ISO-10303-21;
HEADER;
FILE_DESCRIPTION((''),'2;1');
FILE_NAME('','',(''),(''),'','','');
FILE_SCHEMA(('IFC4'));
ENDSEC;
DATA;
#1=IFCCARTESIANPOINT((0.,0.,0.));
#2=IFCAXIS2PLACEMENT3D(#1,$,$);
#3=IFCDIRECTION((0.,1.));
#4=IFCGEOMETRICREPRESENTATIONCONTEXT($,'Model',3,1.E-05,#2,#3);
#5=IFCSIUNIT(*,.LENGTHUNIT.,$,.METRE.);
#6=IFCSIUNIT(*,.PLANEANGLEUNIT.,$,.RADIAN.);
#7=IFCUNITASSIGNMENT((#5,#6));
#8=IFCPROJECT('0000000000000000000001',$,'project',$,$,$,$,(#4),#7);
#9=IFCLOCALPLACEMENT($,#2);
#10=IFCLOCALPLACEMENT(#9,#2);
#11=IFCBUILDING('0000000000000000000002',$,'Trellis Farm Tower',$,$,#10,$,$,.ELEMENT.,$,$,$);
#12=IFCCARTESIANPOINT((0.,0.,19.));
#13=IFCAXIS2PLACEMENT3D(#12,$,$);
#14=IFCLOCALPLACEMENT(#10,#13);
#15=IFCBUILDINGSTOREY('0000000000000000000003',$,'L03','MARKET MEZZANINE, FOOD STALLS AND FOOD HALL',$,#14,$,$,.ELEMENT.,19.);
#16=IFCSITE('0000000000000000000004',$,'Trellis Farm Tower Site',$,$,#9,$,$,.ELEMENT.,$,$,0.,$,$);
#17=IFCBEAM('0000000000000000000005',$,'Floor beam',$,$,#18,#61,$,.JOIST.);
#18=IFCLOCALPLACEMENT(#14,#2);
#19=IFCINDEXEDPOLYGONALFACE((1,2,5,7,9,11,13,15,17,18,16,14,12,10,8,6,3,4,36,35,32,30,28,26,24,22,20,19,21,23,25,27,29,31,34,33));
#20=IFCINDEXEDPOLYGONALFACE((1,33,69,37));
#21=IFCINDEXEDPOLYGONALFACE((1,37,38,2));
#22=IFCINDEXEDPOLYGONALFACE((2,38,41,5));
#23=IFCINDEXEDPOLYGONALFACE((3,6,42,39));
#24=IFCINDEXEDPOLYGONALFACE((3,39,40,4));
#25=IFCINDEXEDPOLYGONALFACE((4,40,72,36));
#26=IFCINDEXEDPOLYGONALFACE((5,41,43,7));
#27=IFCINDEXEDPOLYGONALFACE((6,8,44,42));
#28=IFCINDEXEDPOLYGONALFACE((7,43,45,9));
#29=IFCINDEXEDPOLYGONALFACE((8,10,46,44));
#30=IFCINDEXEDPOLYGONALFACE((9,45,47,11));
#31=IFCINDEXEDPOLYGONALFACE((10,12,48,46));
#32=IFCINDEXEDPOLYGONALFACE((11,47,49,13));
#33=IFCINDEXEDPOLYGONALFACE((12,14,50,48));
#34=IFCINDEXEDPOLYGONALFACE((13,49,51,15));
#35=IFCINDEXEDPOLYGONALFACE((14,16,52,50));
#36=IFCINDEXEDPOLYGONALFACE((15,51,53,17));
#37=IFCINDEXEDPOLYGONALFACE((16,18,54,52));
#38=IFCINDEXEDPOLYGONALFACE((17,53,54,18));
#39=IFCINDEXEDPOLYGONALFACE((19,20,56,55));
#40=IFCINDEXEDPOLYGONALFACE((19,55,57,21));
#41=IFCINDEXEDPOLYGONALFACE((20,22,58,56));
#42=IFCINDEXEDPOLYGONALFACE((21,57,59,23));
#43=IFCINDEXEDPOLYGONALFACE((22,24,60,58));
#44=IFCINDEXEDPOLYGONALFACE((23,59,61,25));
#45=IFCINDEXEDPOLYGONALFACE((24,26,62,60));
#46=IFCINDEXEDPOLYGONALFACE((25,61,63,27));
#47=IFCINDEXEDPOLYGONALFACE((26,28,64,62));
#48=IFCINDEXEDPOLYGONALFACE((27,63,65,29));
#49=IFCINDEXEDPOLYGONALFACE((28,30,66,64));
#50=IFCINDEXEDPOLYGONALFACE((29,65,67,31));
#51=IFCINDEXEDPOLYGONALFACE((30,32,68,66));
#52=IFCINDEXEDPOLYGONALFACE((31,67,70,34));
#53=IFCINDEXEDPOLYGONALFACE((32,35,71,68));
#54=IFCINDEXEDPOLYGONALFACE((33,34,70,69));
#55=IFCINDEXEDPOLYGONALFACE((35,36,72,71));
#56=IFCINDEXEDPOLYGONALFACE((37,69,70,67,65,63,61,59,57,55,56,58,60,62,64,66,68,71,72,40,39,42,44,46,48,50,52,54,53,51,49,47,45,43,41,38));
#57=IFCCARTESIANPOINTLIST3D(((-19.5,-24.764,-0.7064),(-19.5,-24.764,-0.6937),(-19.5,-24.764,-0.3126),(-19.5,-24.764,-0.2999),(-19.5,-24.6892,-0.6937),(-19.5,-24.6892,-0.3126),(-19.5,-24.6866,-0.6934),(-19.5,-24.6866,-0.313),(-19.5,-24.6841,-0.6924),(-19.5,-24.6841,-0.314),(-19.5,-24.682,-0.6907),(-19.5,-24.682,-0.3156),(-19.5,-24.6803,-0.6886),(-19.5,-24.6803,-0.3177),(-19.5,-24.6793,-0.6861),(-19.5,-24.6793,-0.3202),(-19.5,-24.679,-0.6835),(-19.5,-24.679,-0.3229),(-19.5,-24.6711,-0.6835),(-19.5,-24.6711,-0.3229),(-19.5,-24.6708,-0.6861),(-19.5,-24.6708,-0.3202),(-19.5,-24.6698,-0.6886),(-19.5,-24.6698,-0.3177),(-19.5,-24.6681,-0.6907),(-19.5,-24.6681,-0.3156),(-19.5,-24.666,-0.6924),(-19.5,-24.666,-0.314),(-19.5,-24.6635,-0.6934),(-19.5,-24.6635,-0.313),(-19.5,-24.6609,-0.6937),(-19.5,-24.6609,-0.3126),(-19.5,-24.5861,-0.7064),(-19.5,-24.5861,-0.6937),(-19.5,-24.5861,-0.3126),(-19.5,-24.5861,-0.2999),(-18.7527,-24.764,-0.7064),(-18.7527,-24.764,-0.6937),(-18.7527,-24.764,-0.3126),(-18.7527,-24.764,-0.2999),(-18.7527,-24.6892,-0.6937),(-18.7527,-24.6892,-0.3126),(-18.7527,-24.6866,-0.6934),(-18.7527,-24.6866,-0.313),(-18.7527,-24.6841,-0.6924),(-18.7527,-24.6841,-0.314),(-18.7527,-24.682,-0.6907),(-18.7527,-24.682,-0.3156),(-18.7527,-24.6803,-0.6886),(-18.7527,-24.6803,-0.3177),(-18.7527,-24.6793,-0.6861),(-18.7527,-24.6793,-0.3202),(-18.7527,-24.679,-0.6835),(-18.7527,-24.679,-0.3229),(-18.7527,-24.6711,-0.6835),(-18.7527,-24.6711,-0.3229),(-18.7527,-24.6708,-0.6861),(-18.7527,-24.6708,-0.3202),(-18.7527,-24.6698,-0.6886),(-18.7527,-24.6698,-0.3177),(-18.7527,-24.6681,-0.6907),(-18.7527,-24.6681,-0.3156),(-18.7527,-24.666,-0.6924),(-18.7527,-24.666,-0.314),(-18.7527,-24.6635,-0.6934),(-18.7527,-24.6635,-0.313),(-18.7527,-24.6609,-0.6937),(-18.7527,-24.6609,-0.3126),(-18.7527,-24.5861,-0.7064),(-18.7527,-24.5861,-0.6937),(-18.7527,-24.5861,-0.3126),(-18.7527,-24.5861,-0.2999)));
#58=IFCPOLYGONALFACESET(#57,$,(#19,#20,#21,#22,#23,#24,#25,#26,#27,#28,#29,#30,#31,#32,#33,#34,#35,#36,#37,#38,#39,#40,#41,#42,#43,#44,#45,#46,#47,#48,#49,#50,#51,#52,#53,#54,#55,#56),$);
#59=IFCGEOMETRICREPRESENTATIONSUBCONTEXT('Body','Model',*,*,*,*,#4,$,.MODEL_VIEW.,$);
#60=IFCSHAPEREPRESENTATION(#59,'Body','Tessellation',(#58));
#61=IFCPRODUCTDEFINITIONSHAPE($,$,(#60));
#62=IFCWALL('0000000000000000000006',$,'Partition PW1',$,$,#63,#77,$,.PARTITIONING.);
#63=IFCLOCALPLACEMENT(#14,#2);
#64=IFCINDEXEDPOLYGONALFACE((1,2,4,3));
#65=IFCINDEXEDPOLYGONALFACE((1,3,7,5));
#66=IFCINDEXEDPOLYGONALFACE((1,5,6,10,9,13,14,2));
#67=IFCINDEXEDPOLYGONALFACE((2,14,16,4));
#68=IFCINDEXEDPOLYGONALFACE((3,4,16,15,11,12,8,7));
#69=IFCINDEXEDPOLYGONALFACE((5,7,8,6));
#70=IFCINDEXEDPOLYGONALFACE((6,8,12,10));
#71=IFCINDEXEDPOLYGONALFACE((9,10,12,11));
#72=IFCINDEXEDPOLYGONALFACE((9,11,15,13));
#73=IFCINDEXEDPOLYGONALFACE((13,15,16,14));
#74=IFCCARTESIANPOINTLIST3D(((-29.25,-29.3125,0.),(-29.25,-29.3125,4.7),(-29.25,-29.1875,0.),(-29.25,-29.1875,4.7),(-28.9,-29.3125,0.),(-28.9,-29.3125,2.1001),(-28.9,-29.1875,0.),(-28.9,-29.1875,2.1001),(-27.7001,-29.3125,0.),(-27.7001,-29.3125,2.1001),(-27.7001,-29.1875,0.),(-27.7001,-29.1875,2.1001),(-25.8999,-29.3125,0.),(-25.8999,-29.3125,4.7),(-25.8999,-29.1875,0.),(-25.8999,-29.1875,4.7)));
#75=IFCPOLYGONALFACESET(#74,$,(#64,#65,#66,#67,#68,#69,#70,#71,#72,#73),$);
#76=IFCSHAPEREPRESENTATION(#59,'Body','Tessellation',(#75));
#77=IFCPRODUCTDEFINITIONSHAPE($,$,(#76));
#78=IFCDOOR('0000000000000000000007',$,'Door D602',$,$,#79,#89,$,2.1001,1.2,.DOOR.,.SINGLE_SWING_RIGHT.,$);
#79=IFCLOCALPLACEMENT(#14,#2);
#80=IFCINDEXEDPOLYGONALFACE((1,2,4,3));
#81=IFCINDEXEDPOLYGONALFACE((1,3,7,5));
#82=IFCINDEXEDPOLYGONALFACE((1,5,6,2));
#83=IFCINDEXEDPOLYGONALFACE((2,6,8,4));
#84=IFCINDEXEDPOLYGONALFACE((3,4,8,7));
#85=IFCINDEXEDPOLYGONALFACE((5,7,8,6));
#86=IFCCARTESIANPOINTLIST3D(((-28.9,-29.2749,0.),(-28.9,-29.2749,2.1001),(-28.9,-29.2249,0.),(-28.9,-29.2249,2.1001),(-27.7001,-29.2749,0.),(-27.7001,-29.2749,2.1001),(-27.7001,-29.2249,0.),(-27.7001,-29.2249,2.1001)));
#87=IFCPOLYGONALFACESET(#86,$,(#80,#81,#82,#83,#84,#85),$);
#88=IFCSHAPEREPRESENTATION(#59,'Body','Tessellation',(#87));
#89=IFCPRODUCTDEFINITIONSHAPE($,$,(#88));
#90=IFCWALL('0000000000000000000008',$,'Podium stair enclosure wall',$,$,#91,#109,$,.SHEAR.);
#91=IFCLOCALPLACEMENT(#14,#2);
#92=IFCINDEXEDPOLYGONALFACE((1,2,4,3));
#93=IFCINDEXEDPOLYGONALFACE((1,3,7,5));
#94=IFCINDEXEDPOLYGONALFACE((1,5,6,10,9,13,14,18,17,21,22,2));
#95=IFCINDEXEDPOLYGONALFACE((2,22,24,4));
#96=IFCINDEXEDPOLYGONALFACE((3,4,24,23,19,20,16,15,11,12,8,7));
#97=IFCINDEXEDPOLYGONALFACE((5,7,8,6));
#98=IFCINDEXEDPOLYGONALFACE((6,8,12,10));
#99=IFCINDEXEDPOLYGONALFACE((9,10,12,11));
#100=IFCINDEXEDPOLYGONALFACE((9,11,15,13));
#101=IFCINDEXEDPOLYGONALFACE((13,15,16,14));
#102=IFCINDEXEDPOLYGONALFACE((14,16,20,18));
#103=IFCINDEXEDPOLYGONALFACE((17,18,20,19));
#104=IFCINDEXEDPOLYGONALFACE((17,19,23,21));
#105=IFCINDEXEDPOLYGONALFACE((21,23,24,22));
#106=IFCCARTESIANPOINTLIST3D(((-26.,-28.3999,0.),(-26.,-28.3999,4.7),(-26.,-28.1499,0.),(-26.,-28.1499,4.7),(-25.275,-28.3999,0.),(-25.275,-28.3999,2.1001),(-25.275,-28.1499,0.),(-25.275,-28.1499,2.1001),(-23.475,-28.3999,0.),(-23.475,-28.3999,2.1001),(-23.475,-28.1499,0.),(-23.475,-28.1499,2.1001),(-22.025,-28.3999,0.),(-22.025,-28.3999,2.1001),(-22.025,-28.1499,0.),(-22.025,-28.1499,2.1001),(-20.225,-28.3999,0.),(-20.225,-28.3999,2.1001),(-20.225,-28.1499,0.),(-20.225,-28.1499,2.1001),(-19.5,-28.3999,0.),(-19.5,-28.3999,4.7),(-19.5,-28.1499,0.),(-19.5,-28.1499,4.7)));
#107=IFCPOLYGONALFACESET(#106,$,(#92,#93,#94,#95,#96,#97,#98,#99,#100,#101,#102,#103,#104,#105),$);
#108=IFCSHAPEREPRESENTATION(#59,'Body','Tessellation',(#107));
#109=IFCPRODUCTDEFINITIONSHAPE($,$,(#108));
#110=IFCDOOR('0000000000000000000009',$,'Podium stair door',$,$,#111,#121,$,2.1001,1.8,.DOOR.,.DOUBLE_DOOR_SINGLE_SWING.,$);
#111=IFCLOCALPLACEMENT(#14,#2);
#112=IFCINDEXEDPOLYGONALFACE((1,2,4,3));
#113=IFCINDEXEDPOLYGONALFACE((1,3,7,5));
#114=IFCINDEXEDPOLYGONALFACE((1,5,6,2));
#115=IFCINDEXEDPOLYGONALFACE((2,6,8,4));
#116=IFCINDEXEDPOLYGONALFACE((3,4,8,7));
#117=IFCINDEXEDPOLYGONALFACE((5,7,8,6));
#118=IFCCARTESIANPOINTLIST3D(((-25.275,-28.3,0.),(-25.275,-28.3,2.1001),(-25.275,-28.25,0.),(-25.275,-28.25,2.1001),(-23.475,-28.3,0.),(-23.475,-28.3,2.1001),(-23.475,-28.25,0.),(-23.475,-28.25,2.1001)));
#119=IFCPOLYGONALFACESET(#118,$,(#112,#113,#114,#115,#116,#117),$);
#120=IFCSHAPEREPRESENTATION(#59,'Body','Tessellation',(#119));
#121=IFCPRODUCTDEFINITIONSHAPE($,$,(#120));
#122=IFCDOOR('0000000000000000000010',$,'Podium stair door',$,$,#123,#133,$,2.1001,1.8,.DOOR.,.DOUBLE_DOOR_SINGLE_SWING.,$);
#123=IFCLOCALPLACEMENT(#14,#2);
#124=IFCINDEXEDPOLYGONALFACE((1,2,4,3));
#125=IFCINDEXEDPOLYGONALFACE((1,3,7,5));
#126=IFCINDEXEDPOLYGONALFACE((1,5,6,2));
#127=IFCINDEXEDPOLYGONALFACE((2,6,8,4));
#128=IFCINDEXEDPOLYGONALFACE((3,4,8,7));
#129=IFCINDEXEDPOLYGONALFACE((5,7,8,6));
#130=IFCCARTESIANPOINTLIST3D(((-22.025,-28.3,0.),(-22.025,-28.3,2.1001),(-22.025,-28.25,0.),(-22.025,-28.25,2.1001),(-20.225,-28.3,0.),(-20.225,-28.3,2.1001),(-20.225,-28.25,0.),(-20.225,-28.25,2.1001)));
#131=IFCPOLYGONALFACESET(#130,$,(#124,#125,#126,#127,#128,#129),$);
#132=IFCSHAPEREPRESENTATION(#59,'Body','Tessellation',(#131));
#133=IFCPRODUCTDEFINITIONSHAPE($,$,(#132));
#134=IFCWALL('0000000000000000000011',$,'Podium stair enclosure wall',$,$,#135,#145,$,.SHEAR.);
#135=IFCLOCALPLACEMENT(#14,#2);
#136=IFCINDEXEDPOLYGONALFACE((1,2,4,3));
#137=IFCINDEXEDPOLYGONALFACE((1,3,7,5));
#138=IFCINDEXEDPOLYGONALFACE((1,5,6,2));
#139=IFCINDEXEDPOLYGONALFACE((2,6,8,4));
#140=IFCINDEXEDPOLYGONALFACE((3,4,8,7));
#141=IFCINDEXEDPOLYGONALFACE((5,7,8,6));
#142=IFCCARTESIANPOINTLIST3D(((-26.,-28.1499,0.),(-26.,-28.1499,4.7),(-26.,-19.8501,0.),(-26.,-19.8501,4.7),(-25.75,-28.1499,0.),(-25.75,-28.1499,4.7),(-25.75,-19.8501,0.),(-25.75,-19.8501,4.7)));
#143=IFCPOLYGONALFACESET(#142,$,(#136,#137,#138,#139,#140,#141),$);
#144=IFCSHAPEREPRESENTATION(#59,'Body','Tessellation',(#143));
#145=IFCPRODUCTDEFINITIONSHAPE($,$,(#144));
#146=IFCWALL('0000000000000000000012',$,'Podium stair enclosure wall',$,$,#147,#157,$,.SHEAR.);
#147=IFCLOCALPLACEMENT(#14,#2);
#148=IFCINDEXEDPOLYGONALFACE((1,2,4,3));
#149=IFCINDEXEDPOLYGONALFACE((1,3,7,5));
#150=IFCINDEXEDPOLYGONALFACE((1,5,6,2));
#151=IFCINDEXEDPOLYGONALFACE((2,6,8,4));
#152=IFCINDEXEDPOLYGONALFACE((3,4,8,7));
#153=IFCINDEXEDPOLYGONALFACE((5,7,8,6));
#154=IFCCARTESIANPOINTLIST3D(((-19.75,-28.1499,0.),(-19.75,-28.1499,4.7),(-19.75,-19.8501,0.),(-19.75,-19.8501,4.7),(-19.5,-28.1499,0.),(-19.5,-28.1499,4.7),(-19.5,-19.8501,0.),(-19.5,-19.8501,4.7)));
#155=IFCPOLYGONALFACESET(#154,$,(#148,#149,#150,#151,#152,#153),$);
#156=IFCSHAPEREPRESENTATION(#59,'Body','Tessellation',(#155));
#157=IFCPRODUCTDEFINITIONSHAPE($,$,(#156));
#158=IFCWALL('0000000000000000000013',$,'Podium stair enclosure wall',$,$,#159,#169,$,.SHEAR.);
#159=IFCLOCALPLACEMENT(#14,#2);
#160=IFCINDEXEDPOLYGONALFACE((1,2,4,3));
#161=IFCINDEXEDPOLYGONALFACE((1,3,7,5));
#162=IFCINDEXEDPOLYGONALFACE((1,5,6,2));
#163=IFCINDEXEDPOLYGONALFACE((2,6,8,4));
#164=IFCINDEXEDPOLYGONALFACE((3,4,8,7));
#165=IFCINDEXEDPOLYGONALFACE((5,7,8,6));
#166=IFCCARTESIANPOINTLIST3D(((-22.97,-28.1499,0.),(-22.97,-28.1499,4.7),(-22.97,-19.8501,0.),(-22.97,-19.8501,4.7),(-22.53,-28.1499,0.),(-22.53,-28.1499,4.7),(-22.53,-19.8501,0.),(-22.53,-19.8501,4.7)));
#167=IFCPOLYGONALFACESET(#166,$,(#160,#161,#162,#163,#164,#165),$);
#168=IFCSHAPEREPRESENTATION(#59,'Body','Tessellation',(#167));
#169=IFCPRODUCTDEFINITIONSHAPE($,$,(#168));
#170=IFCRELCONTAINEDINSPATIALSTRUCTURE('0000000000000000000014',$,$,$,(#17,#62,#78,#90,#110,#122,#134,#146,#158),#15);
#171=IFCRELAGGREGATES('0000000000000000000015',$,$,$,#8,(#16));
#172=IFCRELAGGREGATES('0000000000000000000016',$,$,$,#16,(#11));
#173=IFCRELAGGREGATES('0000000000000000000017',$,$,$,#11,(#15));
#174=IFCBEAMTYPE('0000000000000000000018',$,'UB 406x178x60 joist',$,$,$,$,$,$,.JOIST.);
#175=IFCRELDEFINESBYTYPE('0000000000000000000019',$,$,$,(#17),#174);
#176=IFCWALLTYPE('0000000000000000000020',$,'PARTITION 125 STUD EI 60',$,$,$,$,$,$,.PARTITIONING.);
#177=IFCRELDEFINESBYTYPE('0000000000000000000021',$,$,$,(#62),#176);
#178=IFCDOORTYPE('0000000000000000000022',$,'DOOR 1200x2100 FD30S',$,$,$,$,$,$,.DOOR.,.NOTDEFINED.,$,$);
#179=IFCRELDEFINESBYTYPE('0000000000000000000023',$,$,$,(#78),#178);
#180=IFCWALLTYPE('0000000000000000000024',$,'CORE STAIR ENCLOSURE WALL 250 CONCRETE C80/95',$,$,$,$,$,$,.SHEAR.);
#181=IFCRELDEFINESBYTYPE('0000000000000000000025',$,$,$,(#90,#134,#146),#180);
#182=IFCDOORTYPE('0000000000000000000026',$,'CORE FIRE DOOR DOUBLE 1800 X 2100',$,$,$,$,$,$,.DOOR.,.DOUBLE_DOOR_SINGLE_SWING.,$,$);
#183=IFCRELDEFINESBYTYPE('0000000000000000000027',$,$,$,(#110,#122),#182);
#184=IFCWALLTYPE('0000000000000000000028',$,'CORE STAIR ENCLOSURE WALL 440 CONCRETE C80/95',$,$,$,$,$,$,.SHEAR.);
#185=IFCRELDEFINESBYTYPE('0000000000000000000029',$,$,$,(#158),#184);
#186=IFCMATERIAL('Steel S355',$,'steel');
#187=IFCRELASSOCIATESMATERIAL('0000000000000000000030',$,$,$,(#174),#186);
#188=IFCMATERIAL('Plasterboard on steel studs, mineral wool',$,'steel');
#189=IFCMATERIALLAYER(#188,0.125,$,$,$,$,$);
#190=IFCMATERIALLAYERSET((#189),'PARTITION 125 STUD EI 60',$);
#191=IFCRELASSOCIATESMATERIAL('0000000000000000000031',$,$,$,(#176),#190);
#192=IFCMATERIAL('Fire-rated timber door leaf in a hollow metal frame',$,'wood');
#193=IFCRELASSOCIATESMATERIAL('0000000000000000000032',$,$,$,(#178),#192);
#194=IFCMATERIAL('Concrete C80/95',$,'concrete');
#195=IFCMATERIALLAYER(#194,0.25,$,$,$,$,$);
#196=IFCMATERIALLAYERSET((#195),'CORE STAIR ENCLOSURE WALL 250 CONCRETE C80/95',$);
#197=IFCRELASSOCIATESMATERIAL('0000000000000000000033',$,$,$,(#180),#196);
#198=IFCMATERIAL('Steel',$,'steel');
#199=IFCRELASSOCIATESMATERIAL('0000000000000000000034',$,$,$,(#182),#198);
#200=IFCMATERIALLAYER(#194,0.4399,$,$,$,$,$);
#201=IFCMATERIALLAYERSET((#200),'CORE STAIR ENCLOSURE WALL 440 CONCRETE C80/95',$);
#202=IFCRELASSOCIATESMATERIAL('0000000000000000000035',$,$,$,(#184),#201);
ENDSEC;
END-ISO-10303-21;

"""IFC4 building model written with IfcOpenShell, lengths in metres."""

from ifc_helpers import new_model, si_unit, direction, frame, frame_2d, origin, origin_2d, place, context, subcontext, project, spatial, rectangle, i_section, extrude, source, transform, mapped, material, layer, layer_set, material_profile, profile_set, type_object, element, fill, save


model = new_model("IFC4")

# Units and contexts
model_context = context("Model", 3, precision=1e-05, world=origin(), true_north=direction((0.0, 1.0)))
body_context = subcontext(model_context, "Body", "Model", "MODEL_VIEW")
ifc_project = project(units=[si_unit("LENGTHUNIT", "METRE"), si_unit("PLANEANGLEUNIT", "RADIAN")], contexts=[model_context])

# Site, building, storey
site_placement = place(None, origin())
site = spatial("IfcSite", under=ifc_project, at=site_placement, Name="Trellis Farm Tower Site", CompositionType="ELEMENT", RefElevation=0.0)
building_placement = place(site_placement, origin())
building = spatial("IfcBuilding", under=site, at=building_placement, Name="Trellis Farm Tower", CompositionType="ELEMENT")
storey_placement = place(building_placement, frame((0.0, 0.0, 19.0)))
storey = spatial("IfcBuildingStorey", under=building, at=storey_placement, Name="L03", Description="MARKET MEZZANINE, FOOD STALLS AND FOOD HALL", CompositionType="ELEMENT", Elevation=19.0)

# Beam
ifc_material_1 = material(Name="Steel S355", Category="steel")
ifc_material_profile_1 = material_profile(ifc_material_1, i_section(OverallWidth=0.178, OverallDepth=0.4065, WebThickness=0.0078, FlangeThickness=0.0127, FilletRadius=0.0103, at=origin_2d()), Name="UB 406x178x60")
ifc_profile_set_1 = profile_set([ifc_material_profile_1], Name="Steel S355")
beam_type_1 = type_object("IfcBeamType", Name="UB 406x178x60 joist", PredefinedType="JOIST", material=ifc_profile_set_1)
shared_shape_1 = source(origin(), body_context, "Body", "SweptSolid", [
    extrude(i_section(OverallWidth=0.178, OverallDepth=0.4065, WebThickness=0.0078, FlangeThickness=0.0127, FilletRadius=0.0103, at=origin_2d()), origin(), (0.0, 0.0, 1.0), 0.7473),
])
for number, where, z_axis, x_axis, name in (
    (1, (-19.5, -24.675, -0.5032), (1.0, 0.0, 0.0), (0.0, 1.0, 0.0), "Floor beam"),
):
    element("IfcBeam", number, at=place(storey_placement, frame(where, z_axis=z_axis, x_axis=x_axis)), inside=storey, type_object=beam_type_1, Name=name, PredefinedType="JOIST", context=body_context, shape_type="MappedRepresentation", body=[
        mapped(shared_shape_1, transform((0.0, 0.0, 0.0))),
    ])

# Wall, opening, door
ifc_material_2 = material(Name="Plasterboard on steel studs, mineral wool", Category="steel")
ifc_layer_1 = layer(ifc_material_2, 0.125)
ifc_layer_set_1 = layer_set([ifc_layer_1], Name="PARTITION 125 STUD EI 60")
wall_type_1 = type_object("IfcWallType", Name="PARTITION 125 STUD EI 60", PredefinedType="PARTITIONING", material=ifc_layer_set_1)
wall_1_placement = place(storey_placement, frame((-25.8999, -29.25, 0.0), z_axis=(0.0, 0.0, 1.0), x_axis=(-1.0, 0.0, 0.0)))
wall_1 = element("IfcWall", 2, at=wall_1_placement, inside=storey, type_object=wall_type_1, Name="Partition PW1", PredefinedType="PARTITIONING", context=body_context, shape_type="SweptSolid", body=[
    extrude(rectangle(XDim=3.3501, YDim=0.125, at=frame_2d((1.675, 0.0))), origin(), (0.0, 0.0, 1.0), 4.7),
])
shared_shape_2 = source(origin(), body_context, "Body", "SweptSolid", [
    extrude(rectangle(XDim=1.2, YDim=2.1001, at=frame_2d((0.6001, 1.05))), frame((0.0, 0.0725, 0.0), z_axis=(0.0, -1.0, 0.0), x_axis=(1.0, 0.0, 0.0)), (0.0, 0.0, 1.0), 0.145),
])
opening_1_placement = place(wall_1_placement, frame((1.8, 0.0, 0.0)))
opening_1 = element("IfcOpeningElement", 3, at=opening_1_placement, cuts=wall_1, PredefinedType="OPENING", context=body_context, shape_type="MappedRepresentation", body=[
    mapped(shared_shape_2, transform((0.0, 0.0, 0.0))),
])
ifc_material_3 = material(Name="Fire-rated timber door leaf in a hollow metal frame", Category="wood")
door_type_1 = type_object("IfcDoorType", Name="DOOR 1200x2100 FD30S", OperationType="NOTDEFINED", PredefinedType="DOOR", material=ifc_material_3)
shared_shape_3 = source(origin(), body_context, "Body", "SweptSolid", [
    extrude(rectangle(XDim=1.2, YDim=2.1001, at=frame_2d((0.6001, 1.05))), frame((0.0, 0.0249, 0.0), z_axis=(0.0, -1.0, 0.0), x_axis=(1.0, 0.0, 0.0)), (0.0, 0.0, 1.0), 0.05),
])
door_1_placement = place(opening_1_placement, origin())
door_1 = element("IfcDoor", 4, at=door_1_placement, inside=storey, type_object=door_type_1, Name="Door D602", OperationType="SINGLE_SWING_RIGHT", OverallHeight=2.1001, OverallWidth=1.2, PredefinedType="DOOR", context=body_context, shape_type="MappedRepresentation", body=[
    mapped(shared_shape_3, transform((0.0, 0.0, 0.0))),
])
fill(opening_1, door_1)

# Wall, openings, doors
ifc_material_4 = material(Name="Concrete C80/95", Category="concrete")
ifc_layer_2 = layer(ifc_material_4, 0.25)
ifc_layer_set_2 = layer_set([ifc_layer_2], Name="CORE STAIR ENCLOSURE WALL 250 CONCRETE C80/95")
wall_type_2 = type_object("IfcWallType", Name="CORE STAIR ENCLOSURE WALL 250 CONCRETE C80/95", PredefinedType="SHEAR", material=ifc_layer_set_2)
shared_shape_4 = source(origin(), body_context, "Body", "SweptSolid", [
    extrude(rectangle(XDim=6.5, YDim=0.25, at=frame_2d((3.25, 0.0))), origin(), (0.0, 0.0, 1.0), 4.7),
])
wall_2_placement = place(storey_placement, frame((-26.0, -28.2749, 0.0), z_axis=(0.0, 0.0, 1.0), x_axis=(1.0, 0.0, 0.0)))
wall_2 = element("IfcWall", 5, at=wall_2_placement, inside=storey, type_object=wall_type_2, Name="Podium stair enclosure wall", PredefinedType="SHEAR", context=body_context, shape_type="MappedRepresentation", body=[
    mapped(shared_shape_4, transform((0.0, 0.0, 0.0))),
])
shared_shape_5 = source(origin(), body_context, "Body", "SweptSolid", [
    extrude(rectangle(XDim=1.8, YDim=2.1001, at=frame_2d((0.8999, 1.05))), frame((0.0, 0.135, 0.0), z_axis=(0.0, -1.0, 0.0), x_axis=(1.0, 0.0, 0.0)), (0.0, 0.0, 1.0), 0.27),
])
opening_2_placement = place(wall_2_placement, frame((0.7251, 0.0, 0.0)))
opening_2 = element("IfcOpeningElement", 6, at=opening_2_placement, cuts=wall_2, PredefinedType="OPENING", context=body_context, shape_type="MappedRepresentation", body=[
    mapped(shared_shape_5, transform((0.0, 0.0, 0.0))),
])
opening_3_placement = place(wall_2_placement, frame((3.9751, 0.0, 0.0)))
opening_3 = element("IfcOpeningElement", 7, at=opening_3_placement, cuts=wall_2, PredefinedType="OPENING", context=body_context, shape_type="MappedRepresentation", body=[
    mapped(shared_shape_5, transform((0.0, 0.0, 0.0))),
])
ifc_material_5 = material(Name="Steel", Category="steel")
door_type_2 = type_object("IfcDoorType", Name="CORE FIRE DOOR DOUBLE 1800 X 2100", OperationType="DOUBLE_DOOR_SINGLE_SWING", PredefinedType="DOOR", material=ifc_material_5)
shared_shape_6 = source(origin(), body_context, "Body", "SweptSolid", [
    extrude(rectangle(XDim=1.8, YDim=2.1001, at=frame_2d((0.8999, 1.05))), frame((0.0, 0.0249, 0.0), z_axis=(0.0, -1.0, 0.0), x_axis=(1.0, 0.0, 0.0)), (0.0, 0.0, 1.0), 0.05),
])
door_2_placement = place(opening_2_placement, origin())
door_2 = element("IfcDoor", 8, at=door_2_placement, inside=storey, type_object=door_type_2, Name="Podium stair door", OperationType="DOUBLE_DOOR_SINGLE_SWING", OverallHeight=2.1001, OverallWidth=1.8, PredefinedType="DOOR", context=body_context, shape_type="MappedRepresentation", body=[
    mapped(shared_shape_6, transform((0.0, 0.0, 0.0))),
])
fill(opening_2, door_2)
door_3_placement = place(opening_3_placement, origin())
door_3 = element("IfcDoor", 9, at=door_3_placement, inside=storey, type_object=door_type_2, Name="Podium stair door", OperationType="DOUBLE_DOOR_SINGLE_SWING", OverallHeight=2.1001, OverallWidth=1.8, PredefinedType="DOOR", context=body_context, shape_type="MappedRepresentation", body=[
    mapped(shared_shape_6, transform((0.0, 0.0, 0.0))),
])
fill(opening_3, door_3)

# Walls
shared_shape_7 = source(origin(), body_context, "Body", "SweptSolid", [
    extrude(rectangle(XDim=8.2998, YDim=0.25, at=frame_2d((4.1499, 0.0))), origin(), (0.0, 0.0, 1.0), 4.7),
])
for number, where, z_axis, x_axis, name in (
    (10, (-25.875, -28.1499, 0.0), (0.0, 0.0, 1.0), (0.0, 1.0, 0.0), "Podium stair enclosure wall"),
    (11, (-19.625, -28.1499, 0.0), (0.0, 0.0, 1.0), (0.0, 1.0, 0.0), "Podium stair enclosure wall"),
):
    element("IfcWall", number, at=place(storey_placement, frame(where, z_axis=z_axis, x_axis=x_axis)), inside=storey, type_object=wall_type_2, Name=name, PredefinedType="SHEAR", context=body_context, shape_type="MappedRepresentation", body=[
        mapped(shared_shape_7, transform((0.0, 0.0, 0.0))),
    ])
ifc_layer_3 = layer(ifc_material_4, 0.4399)
ifc_layer_set_3 = layer_set([ifc_layer_3], Name="CORE STAIR ENCLOSURE WALL 440 CONCRETE C80/95")
wall_type_3 = type_object("IfcWallType", Name="CORE STAIR ENCLOSURE WALL 440 CONCRETE C80/95", PredefinedType="SHEAR", material=ifc_layer_set_3)
shared_shape_8 = source(origin(), body_context, "Body", "SweptSolid", [
    extrude(rectangle(XDim=8.2998, YDim=0.4399, at=frame_2d((4.1499, 0.0))), origin(), (0.0, 0.0, 1.0), 4.7),
])
wall_3_placement = place(storey_placement, frame((-22.75, -28.1499, 0.0), z_axis=(0.0, 0.0, 1.0), x_axis=(0.0, 1.0, 0.0)))
element("IfcWall", 12, at=wall_3_placement, inside=storey, type_object=wall_type_3, Name="Podium stair enclosure wall", PredefinedType="SHEAR", context=body_context, shape_type="MappedRepresentation", body=[
    mapped(shared_shape_8, transform((0.0, 0.0, 0.0))),
])

save(model, "model.ifc")
